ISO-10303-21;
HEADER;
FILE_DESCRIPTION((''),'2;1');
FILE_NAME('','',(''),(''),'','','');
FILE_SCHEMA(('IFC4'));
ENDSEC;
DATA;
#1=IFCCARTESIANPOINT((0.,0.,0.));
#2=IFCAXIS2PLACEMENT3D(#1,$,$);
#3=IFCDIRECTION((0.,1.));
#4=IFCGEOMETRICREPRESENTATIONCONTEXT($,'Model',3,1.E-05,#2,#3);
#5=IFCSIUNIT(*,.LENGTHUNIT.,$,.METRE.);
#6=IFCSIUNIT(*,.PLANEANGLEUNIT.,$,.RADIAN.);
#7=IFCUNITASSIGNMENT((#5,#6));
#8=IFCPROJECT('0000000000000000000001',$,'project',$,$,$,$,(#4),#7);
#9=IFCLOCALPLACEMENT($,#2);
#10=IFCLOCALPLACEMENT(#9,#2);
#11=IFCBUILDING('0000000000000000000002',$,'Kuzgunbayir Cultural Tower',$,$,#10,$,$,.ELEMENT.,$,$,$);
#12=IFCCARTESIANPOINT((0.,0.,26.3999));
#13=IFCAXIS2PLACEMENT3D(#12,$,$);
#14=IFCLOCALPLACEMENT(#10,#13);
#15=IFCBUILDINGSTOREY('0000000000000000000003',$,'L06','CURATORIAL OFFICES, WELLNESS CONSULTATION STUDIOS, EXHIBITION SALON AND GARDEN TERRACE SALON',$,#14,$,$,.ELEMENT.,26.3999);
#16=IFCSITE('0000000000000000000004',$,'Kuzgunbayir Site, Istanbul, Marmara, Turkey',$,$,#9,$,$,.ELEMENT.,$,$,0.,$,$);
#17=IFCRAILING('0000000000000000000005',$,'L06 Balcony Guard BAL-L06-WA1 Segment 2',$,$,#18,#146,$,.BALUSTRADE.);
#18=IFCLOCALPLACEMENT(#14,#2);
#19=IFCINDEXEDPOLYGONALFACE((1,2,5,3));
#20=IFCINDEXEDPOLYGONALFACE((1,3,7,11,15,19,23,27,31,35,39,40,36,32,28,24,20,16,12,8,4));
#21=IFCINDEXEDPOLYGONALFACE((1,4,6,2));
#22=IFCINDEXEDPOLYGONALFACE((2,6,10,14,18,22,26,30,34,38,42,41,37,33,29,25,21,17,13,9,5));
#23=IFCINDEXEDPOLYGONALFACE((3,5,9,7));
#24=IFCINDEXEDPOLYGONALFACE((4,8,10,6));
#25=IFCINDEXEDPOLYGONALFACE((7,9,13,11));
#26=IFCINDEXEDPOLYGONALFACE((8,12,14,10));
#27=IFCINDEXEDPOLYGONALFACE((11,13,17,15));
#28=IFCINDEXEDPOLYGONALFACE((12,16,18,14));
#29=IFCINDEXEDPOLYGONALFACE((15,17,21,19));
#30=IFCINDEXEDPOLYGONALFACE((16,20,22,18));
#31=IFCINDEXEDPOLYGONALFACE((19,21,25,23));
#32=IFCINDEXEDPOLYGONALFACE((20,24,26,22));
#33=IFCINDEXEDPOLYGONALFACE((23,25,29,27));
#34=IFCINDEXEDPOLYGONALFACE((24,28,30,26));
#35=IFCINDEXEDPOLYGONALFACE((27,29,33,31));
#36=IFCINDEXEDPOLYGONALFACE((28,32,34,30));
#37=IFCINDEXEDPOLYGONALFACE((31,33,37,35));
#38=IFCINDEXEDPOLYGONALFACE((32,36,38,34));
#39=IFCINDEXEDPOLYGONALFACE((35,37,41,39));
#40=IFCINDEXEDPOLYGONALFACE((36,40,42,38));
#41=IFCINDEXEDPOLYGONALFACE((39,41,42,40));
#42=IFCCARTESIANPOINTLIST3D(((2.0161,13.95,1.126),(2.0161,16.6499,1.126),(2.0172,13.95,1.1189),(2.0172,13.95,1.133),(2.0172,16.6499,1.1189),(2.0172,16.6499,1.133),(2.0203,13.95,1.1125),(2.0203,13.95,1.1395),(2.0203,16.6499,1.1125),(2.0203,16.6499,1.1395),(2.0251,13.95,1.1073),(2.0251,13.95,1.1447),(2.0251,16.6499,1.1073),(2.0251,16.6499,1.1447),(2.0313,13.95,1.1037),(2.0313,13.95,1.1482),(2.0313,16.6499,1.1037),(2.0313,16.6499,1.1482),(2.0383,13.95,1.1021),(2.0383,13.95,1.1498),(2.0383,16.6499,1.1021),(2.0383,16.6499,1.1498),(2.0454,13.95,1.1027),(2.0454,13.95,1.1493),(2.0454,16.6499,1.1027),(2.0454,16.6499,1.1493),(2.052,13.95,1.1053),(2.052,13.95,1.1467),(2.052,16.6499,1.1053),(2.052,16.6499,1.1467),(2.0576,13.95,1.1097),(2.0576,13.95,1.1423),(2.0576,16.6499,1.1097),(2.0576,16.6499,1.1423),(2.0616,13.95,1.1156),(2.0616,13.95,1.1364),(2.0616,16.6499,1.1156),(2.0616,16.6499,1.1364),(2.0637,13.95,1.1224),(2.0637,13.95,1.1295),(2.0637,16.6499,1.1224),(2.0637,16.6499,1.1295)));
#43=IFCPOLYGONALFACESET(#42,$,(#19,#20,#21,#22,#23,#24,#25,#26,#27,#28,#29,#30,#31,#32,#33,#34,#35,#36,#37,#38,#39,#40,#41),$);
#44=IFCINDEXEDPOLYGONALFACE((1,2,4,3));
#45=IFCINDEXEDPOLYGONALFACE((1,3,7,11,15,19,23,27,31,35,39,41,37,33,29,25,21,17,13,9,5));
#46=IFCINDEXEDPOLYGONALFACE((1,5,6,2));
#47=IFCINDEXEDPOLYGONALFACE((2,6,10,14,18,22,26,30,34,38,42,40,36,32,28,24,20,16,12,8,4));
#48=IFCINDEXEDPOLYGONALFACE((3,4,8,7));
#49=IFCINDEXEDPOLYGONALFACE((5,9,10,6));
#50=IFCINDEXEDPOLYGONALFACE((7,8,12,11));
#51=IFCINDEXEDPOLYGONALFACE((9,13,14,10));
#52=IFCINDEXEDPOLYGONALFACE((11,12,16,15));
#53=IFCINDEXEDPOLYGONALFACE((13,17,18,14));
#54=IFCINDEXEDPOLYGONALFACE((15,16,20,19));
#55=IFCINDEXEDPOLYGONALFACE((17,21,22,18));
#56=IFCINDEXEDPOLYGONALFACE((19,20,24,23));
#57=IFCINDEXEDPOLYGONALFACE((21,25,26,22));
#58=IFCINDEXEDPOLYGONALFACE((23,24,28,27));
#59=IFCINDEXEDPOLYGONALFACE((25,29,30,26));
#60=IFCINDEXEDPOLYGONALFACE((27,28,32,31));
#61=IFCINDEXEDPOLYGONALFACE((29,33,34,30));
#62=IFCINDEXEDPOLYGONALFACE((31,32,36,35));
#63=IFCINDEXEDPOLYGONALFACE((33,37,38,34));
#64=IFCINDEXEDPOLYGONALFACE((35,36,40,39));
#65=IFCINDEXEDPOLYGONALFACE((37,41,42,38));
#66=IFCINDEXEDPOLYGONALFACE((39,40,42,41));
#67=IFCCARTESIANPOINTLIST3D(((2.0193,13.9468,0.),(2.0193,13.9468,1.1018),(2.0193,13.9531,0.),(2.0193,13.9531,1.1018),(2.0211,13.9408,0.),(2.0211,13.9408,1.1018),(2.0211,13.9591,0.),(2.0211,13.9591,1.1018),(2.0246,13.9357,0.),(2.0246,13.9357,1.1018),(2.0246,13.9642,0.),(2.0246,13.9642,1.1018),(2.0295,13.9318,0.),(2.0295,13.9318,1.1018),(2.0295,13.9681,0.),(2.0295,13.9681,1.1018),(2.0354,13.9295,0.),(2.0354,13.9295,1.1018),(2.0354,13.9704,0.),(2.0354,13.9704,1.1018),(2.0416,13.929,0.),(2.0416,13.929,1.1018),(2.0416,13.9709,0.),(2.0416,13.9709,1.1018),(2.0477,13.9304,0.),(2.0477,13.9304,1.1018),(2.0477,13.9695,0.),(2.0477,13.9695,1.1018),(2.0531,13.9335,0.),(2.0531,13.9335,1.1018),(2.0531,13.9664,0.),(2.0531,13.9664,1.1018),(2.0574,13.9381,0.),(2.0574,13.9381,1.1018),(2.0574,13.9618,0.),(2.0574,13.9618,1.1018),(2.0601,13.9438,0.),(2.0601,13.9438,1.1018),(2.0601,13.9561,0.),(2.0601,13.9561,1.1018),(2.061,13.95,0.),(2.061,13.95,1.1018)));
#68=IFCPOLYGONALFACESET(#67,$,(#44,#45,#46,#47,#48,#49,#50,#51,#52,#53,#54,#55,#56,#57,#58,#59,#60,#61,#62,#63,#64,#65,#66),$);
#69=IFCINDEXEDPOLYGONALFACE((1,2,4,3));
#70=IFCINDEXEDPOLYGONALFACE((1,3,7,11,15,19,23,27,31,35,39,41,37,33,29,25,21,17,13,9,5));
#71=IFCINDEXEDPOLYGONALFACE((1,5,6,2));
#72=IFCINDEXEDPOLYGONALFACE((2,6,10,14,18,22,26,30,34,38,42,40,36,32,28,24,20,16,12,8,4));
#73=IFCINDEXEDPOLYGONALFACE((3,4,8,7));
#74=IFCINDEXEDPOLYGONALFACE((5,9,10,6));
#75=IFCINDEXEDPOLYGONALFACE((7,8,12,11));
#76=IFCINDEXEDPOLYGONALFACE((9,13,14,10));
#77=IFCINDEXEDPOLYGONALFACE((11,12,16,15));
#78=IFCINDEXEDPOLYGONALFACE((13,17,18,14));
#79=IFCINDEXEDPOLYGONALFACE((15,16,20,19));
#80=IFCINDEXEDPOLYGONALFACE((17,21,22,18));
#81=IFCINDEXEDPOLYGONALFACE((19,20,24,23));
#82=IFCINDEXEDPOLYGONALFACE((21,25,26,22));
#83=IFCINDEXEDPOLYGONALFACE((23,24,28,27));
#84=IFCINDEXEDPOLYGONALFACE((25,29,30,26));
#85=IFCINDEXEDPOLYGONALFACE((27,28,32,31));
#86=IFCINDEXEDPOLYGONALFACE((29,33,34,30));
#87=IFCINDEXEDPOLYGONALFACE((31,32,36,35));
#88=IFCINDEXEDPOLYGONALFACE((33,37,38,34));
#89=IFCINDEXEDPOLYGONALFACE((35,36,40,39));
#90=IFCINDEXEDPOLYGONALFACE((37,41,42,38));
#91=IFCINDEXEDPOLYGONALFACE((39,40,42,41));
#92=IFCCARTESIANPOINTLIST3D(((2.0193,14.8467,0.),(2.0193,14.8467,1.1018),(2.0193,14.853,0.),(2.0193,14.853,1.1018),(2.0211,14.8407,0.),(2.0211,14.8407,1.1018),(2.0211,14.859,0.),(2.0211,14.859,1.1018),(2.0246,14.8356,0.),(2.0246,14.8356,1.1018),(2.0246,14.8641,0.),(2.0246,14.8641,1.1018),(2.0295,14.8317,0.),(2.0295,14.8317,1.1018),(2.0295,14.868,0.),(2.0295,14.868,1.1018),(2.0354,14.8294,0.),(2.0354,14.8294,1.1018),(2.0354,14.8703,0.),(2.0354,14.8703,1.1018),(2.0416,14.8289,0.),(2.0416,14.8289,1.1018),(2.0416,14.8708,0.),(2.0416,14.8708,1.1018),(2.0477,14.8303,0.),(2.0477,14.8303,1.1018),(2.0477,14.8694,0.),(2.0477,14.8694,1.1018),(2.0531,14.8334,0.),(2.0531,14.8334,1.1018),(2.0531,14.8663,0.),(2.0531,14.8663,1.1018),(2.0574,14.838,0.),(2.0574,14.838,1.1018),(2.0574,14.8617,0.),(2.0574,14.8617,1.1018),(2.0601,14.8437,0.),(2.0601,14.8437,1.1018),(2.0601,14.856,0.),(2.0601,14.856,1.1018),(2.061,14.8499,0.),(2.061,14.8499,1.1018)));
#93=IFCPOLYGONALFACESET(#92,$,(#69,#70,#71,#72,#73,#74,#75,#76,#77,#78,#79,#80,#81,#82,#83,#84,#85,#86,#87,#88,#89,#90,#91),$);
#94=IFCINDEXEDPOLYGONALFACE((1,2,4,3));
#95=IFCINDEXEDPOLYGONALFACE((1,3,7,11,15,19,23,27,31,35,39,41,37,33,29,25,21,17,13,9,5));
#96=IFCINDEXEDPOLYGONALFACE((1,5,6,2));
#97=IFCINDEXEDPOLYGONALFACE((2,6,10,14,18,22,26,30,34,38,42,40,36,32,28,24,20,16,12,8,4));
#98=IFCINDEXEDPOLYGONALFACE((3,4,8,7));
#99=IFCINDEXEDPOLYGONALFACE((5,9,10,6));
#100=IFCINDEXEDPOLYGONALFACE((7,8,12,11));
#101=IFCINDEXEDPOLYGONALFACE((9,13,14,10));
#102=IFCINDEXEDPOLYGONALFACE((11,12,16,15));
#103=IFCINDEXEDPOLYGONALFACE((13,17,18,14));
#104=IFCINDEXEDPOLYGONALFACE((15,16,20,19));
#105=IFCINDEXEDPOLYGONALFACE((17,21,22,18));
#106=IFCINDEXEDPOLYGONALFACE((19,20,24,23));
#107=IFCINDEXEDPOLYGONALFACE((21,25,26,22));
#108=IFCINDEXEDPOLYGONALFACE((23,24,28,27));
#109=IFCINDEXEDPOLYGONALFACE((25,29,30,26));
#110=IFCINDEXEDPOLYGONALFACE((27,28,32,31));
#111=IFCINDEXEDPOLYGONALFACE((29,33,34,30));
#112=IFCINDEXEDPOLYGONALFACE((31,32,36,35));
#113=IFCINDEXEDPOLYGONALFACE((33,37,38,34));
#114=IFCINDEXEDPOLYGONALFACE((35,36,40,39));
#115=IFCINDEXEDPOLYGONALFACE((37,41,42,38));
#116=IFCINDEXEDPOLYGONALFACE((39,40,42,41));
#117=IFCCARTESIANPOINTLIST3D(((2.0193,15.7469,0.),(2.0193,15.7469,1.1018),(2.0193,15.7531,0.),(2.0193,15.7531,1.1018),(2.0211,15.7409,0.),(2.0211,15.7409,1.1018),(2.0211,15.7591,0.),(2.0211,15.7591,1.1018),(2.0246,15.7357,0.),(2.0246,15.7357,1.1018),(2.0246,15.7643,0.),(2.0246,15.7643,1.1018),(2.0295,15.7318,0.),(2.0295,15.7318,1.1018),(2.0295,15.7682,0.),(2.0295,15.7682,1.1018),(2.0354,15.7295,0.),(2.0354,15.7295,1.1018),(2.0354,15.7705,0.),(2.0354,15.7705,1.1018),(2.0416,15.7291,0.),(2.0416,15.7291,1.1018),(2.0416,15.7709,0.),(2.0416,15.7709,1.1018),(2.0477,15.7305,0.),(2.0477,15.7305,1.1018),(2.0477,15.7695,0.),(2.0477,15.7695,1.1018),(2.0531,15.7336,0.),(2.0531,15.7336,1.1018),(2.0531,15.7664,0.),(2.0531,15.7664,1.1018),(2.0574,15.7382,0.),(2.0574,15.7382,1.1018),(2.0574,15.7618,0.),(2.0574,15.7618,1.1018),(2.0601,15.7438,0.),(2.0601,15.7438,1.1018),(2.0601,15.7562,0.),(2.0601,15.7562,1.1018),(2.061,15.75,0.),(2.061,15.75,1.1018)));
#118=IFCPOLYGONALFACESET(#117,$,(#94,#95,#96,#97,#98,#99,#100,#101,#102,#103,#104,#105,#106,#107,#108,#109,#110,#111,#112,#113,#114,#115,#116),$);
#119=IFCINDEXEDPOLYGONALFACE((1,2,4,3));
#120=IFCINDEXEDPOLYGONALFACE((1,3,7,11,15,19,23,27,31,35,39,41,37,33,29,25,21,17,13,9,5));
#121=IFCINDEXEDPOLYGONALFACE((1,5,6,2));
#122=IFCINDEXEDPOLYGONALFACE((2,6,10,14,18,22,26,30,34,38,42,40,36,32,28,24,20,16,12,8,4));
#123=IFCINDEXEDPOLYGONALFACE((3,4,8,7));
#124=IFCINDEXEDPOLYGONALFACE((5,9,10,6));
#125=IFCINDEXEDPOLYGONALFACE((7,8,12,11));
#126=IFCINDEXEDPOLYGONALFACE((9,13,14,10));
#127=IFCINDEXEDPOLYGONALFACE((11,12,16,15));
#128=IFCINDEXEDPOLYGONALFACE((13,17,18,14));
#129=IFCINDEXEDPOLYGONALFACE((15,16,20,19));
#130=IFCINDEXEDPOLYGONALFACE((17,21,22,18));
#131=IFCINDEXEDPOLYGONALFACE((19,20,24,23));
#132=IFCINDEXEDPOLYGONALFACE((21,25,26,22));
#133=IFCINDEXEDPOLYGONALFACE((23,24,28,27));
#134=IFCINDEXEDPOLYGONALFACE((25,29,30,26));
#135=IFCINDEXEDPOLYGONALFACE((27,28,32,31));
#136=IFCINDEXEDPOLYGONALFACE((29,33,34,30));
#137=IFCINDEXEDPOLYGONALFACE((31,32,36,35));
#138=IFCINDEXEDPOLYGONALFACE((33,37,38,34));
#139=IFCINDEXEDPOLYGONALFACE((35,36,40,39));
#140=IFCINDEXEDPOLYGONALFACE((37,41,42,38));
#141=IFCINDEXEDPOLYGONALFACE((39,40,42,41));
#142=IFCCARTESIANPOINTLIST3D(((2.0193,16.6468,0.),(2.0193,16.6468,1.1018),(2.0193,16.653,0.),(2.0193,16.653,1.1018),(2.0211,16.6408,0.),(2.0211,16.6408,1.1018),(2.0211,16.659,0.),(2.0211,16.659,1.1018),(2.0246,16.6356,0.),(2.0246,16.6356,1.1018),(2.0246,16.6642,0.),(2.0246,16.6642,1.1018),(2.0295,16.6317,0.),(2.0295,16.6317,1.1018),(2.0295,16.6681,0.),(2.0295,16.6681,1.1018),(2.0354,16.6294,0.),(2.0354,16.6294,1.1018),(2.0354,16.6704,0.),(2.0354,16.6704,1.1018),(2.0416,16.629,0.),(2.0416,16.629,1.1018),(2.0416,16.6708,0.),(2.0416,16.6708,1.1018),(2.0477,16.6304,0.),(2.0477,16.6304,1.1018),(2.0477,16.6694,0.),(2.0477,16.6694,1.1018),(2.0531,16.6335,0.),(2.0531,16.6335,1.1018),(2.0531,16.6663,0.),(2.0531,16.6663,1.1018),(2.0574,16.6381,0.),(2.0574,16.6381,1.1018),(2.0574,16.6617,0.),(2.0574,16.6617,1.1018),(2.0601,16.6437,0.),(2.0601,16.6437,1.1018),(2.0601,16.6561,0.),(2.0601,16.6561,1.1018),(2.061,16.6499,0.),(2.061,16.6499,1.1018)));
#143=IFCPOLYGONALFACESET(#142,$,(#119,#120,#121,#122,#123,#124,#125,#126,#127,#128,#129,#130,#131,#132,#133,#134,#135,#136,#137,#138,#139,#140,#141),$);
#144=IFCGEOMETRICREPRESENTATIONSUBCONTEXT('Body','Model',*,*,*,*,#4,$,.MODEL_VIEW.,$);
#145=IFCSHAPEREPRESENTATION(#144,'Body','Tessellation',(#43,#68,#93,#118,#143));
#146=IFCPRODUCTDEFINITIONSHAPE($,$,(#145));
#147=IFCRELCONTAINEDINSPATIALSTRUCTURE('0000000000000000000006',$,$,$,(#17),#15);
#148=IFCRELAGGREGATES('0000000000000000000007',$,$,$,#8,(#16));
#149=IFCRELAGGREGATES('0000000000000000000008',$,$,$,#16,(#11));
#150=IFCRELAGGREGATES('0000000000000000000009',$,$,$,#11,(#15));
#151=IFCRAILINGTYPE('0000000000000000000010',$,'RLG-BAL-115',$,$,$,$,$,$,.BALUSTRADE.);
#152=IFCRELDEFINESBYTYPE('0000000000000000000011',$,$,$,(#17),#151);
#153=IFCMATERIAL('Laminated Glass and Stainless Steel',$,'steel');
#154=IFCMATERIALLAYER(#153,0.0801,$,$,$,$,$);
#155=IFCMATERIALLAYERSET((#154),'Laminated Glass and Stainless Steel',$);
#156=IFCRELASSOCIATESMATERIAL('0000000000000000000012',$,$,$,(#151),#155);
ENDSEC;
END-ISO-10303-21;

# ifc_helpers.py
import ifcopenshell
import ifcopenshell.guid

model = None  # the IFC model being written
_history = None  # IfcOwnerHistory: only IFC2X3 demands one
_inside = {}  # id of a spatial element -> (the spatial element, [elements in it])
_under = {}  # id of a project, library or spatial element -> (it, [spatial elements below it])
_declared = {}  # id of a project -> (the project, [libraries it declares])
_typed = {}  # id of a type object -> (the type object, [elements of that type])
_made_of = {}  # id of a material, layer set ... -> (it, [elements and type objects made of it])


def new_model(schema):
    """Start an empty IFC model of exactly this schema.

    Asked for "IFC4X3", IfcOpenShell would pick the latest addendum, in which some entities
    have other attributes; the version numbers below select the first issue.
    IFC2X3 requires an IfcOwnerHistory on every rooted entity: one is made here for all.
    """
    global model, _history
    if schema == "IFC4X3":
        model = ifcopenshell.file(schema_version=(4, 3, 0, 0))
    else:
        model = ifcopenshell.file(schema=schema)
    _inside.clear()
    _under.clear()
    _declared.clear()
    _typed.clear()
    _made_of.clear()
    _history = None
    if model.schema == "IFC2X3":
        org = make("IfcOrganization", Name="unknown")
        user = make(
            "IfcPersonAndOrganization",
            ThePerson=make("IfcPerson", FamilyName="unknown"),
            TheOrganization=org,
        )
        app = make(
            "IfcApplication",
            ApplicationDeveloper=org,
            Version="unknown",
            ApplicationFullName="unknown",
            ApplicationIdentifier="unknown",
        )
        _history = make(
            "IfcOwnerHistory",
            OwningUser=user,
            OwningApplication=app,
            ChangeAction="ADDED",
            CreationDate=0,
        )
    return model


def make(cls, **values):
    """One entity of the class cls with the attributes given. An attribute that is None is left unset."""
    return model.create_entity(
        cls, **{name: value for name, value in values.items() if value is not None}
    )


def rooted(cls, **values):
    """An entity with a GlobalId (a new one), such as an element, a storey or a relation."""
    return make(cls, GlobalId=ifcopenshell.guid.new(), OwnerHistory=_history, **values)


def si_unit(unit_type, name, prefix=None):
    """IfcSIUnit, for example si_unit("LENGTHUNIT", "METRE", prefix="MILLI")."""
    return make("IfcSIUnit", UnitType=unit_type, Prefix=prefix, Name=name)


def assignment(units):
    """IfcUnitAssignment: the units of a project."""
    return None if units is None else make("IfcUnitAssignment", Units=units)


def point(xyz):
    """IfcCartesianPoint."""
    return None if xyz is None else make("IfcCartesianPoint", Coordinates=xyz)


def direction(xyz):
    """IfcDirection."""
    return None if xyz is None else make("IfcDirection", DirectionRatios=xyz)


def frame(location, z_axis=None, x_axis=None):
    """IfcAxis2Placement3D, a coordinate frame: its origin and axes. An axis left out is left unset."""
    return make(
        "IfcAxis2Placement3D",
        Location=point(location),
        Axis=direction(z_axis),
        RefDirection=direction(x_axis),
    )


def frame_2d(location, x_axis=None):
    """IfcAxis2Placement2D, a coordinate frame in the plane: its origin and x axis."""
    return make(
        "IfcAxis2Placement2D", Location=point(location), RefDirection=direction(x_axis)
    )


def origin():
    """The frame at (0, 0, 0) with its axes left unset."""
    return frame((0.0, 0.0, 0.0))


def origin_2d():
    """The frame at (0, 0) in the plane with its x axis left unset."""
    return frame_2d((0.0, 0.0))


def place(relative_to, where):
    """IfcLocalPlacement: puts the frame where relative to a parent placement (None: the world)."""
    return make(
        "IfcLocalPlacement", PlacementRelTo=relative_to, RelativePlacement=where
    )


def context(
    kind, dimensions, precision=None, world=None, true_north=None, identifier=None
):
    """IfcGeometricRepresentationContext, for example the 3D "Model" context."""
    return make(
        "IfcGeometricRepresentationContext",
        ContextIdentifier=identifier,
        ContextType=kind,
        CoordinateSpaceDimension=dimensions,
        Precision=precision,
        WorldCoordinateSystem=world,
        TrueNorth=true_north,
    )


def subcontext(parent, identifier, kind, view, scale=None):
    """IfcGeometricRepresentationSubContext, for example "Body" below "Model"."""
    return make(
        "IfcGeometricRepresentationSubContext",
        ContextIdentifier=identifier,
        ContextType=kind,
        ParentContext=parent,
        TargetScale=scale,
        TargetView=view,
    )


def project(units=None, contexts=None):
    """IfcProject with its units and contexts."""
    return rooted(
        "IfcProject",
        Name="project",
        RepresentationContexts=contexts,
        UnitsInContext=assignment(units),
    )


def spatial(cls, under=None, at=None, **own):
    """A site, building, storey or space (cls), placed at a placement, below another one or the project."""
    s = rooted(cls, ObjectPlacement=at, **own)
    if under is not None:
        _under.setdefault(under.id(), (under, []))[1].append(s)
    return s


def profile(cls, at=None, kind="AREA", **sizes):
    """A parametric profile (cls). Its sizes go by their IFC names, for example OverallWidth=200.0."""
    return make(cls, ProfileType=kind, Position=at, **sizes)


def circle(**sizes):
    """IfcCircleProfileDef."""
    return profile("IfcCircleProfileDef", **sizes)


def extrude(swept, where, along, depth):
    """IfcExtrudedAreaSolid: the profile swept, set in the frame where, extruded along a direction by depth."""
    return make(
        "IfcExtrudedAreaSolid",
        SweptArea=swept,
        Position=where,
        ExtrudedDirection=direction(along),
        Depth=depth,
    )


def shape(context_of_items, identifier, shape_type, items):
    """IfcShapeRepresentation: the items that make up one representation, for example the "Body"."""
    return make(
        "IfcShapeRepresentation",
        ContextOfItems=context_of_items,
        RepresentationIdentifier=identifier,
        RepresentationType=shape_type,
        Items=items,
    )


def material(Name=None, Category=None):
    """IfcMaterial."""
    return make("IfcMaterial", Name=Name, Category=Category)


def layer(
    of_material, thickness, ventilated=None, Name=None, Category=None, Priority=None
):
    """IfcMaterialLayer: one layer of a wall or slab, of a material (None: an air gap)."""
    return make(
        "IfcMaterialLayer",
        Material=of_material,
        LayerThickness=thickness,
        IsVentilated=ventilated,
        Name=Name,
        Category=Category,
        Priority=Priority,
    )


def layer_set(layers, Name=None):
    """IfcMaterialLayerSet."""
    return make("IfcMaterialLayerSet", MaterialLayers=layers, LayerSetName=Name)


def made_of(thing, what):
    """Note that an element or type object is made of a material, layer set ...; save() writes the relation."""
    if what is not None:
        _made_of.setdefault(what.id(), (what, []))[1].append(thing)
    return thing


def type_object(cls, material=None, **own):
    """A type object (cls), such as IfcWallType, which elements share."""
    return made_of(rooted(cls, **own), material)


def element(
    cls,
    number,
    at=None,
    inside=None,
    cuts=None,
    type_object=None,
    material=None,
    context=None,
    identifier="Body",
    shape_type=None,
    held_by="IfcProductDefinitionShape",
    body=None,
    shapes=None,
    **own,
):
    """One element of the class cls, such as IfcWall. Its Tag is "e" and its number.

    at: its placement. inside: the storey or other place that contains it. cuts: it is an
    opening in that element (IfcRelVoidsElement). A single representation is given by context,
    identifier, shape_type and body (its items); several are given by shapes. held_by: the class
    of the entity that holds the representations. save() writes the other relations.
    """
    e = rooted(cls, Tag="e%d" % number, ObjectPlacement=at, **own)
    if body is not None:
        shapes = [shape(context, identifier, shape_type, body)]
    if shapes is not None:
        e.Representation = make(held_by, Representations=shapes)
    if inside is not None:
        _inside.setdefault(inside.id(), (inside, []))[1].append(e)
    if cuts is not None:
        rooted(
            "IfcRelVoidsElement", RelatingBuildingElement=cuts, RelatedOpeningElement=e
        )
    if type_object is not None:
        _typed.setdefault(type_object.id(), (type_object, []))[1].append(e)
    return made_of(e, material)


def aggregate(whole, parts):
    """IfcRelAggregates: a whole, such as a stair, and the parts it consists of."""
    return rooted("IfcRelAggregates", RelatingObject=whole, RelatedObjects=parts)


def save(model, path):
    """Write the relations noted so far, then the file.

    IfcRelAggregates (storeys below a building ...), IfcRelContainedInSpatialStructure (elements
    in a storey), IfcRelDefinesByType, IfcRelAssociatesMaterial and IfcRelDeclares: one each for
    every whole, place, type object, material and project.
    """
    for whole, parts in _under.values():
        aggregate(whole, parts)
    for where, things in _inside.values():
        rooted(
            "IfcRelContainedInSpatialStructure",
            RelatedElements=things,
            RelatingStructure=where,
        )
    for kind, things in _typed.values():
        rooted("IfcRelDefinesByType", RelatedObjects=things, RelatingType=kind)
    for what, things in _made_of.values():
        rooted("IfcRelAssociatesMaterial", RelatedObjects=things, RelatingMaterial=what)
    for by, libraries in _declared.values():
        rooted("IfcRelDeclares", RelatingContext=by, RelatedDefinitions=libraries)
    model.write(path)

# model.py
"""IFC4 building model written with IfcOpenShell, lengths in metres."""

from ifc_helpers import new_model, si_unit, direction, frame, origin, origin_2d, place, context, subcontext, project, spatial, circle, extrude, material, layer, layer_set, type_object, element, save


model = new_model("IFC4")

# Units and contexts
model_context = context("Model", 3, precision=1e-05, world=origin(), true_north=direction((0.0, 1.0)))
body_context = subcontext(model_context, "Body", "Model", "MODEL_VIEW")
ifc_project = project(units=[si_unit("LENGTHUNIT", "METRE"), si_unit("PLANEANGLEUNIT", "RADIAN")], contexts=[model_context])

# Site, building, storey
site_placement = place(None, origin())
site = spatial("IfcSite", under=ifc_project, at=site_placement, Name="Kuzgunbayir Site, Istanbul, Marmara, Turkey", CompositionType="ELEMENT", RefElevation=0.0)
building_placement = place(site_placement, origin())
building = spatial("IfcBuilding", under=site, at=building_placement, Name="Kuzgunbayir Cultural Tower", CompositionType="ELEMENT")
storey_placement = place(building_placement, frame((0.0, 0.0, 26.3999)))
storey = spatial("IfcBuildingStorey", under=building, at=storey_placement, Name="L06", Description="CURATORIAL OFFICES, WELLNESS CONSULTATION STUDIOS, EXHIBITION SALON AND GARDEN TERRACE SALON", CompositionType="ELEMENT", Elevation=26.3999)

# Railing
ifc_material_1 = material(Name="Laminated Glass and Stainless Steel", Category="steel")
ifc_layer_1 = layer(ifc_material_1, 0.0801)
ifc_layer_set_1 = layer_set([ifc_layer_1], Name="Laminated Glass and Stainless Steel")
railing_type = type_object("IfcRailingType", Name="RLG-BAL-115", PredefinedType="BALUSTRADE", material=ifc_layer_set_1)
railing_1_placement = place(storey_placement, frame((2.04, 13.95, 0.0)))
element("IfcRailing", 1, at=railing_1_placement, inside=storey, type_object=railing_type, Name="L06 Balcony Guard BAL-L06-WA1 Segment 2", PredefinedType="BALUSTRADE", context=body_context, shape_type="SweptSolid", body=[
    extrude(circle(Radius=0.0239, at=origin_2d()), frame((0.0, 0.0, 1.126), z_axis=(0.0, 1.0, 0.0), x_axis=(-1.0, 0.0, 0.0)), (0.0, 0.0, 1.0), 2.7),
    extrude(circle(Radius=0.021, at=origin_2d()), origin(), (0.0, 0.0, 1.0), 1.1018),
    extrude(circle(Radius=0.021, at=origin_2d()), frame((0.0, 0.8999, 0.0)), (0.0, 0.0, 1.0), 1.1018),
    extrude(circle(Radius=0.021, at=origin_2d()), frame((0.0, 1.8, 0.0)), (0.0, 0.0, 1.0), 1.1018),
    extrude(circle(Radius=0.021, at=origin_2d()), frame((0.0, 2.7, 0.0)), (0.0, 0.0, 1.0), 1.1018),
])

save(model, "model.ifc")
